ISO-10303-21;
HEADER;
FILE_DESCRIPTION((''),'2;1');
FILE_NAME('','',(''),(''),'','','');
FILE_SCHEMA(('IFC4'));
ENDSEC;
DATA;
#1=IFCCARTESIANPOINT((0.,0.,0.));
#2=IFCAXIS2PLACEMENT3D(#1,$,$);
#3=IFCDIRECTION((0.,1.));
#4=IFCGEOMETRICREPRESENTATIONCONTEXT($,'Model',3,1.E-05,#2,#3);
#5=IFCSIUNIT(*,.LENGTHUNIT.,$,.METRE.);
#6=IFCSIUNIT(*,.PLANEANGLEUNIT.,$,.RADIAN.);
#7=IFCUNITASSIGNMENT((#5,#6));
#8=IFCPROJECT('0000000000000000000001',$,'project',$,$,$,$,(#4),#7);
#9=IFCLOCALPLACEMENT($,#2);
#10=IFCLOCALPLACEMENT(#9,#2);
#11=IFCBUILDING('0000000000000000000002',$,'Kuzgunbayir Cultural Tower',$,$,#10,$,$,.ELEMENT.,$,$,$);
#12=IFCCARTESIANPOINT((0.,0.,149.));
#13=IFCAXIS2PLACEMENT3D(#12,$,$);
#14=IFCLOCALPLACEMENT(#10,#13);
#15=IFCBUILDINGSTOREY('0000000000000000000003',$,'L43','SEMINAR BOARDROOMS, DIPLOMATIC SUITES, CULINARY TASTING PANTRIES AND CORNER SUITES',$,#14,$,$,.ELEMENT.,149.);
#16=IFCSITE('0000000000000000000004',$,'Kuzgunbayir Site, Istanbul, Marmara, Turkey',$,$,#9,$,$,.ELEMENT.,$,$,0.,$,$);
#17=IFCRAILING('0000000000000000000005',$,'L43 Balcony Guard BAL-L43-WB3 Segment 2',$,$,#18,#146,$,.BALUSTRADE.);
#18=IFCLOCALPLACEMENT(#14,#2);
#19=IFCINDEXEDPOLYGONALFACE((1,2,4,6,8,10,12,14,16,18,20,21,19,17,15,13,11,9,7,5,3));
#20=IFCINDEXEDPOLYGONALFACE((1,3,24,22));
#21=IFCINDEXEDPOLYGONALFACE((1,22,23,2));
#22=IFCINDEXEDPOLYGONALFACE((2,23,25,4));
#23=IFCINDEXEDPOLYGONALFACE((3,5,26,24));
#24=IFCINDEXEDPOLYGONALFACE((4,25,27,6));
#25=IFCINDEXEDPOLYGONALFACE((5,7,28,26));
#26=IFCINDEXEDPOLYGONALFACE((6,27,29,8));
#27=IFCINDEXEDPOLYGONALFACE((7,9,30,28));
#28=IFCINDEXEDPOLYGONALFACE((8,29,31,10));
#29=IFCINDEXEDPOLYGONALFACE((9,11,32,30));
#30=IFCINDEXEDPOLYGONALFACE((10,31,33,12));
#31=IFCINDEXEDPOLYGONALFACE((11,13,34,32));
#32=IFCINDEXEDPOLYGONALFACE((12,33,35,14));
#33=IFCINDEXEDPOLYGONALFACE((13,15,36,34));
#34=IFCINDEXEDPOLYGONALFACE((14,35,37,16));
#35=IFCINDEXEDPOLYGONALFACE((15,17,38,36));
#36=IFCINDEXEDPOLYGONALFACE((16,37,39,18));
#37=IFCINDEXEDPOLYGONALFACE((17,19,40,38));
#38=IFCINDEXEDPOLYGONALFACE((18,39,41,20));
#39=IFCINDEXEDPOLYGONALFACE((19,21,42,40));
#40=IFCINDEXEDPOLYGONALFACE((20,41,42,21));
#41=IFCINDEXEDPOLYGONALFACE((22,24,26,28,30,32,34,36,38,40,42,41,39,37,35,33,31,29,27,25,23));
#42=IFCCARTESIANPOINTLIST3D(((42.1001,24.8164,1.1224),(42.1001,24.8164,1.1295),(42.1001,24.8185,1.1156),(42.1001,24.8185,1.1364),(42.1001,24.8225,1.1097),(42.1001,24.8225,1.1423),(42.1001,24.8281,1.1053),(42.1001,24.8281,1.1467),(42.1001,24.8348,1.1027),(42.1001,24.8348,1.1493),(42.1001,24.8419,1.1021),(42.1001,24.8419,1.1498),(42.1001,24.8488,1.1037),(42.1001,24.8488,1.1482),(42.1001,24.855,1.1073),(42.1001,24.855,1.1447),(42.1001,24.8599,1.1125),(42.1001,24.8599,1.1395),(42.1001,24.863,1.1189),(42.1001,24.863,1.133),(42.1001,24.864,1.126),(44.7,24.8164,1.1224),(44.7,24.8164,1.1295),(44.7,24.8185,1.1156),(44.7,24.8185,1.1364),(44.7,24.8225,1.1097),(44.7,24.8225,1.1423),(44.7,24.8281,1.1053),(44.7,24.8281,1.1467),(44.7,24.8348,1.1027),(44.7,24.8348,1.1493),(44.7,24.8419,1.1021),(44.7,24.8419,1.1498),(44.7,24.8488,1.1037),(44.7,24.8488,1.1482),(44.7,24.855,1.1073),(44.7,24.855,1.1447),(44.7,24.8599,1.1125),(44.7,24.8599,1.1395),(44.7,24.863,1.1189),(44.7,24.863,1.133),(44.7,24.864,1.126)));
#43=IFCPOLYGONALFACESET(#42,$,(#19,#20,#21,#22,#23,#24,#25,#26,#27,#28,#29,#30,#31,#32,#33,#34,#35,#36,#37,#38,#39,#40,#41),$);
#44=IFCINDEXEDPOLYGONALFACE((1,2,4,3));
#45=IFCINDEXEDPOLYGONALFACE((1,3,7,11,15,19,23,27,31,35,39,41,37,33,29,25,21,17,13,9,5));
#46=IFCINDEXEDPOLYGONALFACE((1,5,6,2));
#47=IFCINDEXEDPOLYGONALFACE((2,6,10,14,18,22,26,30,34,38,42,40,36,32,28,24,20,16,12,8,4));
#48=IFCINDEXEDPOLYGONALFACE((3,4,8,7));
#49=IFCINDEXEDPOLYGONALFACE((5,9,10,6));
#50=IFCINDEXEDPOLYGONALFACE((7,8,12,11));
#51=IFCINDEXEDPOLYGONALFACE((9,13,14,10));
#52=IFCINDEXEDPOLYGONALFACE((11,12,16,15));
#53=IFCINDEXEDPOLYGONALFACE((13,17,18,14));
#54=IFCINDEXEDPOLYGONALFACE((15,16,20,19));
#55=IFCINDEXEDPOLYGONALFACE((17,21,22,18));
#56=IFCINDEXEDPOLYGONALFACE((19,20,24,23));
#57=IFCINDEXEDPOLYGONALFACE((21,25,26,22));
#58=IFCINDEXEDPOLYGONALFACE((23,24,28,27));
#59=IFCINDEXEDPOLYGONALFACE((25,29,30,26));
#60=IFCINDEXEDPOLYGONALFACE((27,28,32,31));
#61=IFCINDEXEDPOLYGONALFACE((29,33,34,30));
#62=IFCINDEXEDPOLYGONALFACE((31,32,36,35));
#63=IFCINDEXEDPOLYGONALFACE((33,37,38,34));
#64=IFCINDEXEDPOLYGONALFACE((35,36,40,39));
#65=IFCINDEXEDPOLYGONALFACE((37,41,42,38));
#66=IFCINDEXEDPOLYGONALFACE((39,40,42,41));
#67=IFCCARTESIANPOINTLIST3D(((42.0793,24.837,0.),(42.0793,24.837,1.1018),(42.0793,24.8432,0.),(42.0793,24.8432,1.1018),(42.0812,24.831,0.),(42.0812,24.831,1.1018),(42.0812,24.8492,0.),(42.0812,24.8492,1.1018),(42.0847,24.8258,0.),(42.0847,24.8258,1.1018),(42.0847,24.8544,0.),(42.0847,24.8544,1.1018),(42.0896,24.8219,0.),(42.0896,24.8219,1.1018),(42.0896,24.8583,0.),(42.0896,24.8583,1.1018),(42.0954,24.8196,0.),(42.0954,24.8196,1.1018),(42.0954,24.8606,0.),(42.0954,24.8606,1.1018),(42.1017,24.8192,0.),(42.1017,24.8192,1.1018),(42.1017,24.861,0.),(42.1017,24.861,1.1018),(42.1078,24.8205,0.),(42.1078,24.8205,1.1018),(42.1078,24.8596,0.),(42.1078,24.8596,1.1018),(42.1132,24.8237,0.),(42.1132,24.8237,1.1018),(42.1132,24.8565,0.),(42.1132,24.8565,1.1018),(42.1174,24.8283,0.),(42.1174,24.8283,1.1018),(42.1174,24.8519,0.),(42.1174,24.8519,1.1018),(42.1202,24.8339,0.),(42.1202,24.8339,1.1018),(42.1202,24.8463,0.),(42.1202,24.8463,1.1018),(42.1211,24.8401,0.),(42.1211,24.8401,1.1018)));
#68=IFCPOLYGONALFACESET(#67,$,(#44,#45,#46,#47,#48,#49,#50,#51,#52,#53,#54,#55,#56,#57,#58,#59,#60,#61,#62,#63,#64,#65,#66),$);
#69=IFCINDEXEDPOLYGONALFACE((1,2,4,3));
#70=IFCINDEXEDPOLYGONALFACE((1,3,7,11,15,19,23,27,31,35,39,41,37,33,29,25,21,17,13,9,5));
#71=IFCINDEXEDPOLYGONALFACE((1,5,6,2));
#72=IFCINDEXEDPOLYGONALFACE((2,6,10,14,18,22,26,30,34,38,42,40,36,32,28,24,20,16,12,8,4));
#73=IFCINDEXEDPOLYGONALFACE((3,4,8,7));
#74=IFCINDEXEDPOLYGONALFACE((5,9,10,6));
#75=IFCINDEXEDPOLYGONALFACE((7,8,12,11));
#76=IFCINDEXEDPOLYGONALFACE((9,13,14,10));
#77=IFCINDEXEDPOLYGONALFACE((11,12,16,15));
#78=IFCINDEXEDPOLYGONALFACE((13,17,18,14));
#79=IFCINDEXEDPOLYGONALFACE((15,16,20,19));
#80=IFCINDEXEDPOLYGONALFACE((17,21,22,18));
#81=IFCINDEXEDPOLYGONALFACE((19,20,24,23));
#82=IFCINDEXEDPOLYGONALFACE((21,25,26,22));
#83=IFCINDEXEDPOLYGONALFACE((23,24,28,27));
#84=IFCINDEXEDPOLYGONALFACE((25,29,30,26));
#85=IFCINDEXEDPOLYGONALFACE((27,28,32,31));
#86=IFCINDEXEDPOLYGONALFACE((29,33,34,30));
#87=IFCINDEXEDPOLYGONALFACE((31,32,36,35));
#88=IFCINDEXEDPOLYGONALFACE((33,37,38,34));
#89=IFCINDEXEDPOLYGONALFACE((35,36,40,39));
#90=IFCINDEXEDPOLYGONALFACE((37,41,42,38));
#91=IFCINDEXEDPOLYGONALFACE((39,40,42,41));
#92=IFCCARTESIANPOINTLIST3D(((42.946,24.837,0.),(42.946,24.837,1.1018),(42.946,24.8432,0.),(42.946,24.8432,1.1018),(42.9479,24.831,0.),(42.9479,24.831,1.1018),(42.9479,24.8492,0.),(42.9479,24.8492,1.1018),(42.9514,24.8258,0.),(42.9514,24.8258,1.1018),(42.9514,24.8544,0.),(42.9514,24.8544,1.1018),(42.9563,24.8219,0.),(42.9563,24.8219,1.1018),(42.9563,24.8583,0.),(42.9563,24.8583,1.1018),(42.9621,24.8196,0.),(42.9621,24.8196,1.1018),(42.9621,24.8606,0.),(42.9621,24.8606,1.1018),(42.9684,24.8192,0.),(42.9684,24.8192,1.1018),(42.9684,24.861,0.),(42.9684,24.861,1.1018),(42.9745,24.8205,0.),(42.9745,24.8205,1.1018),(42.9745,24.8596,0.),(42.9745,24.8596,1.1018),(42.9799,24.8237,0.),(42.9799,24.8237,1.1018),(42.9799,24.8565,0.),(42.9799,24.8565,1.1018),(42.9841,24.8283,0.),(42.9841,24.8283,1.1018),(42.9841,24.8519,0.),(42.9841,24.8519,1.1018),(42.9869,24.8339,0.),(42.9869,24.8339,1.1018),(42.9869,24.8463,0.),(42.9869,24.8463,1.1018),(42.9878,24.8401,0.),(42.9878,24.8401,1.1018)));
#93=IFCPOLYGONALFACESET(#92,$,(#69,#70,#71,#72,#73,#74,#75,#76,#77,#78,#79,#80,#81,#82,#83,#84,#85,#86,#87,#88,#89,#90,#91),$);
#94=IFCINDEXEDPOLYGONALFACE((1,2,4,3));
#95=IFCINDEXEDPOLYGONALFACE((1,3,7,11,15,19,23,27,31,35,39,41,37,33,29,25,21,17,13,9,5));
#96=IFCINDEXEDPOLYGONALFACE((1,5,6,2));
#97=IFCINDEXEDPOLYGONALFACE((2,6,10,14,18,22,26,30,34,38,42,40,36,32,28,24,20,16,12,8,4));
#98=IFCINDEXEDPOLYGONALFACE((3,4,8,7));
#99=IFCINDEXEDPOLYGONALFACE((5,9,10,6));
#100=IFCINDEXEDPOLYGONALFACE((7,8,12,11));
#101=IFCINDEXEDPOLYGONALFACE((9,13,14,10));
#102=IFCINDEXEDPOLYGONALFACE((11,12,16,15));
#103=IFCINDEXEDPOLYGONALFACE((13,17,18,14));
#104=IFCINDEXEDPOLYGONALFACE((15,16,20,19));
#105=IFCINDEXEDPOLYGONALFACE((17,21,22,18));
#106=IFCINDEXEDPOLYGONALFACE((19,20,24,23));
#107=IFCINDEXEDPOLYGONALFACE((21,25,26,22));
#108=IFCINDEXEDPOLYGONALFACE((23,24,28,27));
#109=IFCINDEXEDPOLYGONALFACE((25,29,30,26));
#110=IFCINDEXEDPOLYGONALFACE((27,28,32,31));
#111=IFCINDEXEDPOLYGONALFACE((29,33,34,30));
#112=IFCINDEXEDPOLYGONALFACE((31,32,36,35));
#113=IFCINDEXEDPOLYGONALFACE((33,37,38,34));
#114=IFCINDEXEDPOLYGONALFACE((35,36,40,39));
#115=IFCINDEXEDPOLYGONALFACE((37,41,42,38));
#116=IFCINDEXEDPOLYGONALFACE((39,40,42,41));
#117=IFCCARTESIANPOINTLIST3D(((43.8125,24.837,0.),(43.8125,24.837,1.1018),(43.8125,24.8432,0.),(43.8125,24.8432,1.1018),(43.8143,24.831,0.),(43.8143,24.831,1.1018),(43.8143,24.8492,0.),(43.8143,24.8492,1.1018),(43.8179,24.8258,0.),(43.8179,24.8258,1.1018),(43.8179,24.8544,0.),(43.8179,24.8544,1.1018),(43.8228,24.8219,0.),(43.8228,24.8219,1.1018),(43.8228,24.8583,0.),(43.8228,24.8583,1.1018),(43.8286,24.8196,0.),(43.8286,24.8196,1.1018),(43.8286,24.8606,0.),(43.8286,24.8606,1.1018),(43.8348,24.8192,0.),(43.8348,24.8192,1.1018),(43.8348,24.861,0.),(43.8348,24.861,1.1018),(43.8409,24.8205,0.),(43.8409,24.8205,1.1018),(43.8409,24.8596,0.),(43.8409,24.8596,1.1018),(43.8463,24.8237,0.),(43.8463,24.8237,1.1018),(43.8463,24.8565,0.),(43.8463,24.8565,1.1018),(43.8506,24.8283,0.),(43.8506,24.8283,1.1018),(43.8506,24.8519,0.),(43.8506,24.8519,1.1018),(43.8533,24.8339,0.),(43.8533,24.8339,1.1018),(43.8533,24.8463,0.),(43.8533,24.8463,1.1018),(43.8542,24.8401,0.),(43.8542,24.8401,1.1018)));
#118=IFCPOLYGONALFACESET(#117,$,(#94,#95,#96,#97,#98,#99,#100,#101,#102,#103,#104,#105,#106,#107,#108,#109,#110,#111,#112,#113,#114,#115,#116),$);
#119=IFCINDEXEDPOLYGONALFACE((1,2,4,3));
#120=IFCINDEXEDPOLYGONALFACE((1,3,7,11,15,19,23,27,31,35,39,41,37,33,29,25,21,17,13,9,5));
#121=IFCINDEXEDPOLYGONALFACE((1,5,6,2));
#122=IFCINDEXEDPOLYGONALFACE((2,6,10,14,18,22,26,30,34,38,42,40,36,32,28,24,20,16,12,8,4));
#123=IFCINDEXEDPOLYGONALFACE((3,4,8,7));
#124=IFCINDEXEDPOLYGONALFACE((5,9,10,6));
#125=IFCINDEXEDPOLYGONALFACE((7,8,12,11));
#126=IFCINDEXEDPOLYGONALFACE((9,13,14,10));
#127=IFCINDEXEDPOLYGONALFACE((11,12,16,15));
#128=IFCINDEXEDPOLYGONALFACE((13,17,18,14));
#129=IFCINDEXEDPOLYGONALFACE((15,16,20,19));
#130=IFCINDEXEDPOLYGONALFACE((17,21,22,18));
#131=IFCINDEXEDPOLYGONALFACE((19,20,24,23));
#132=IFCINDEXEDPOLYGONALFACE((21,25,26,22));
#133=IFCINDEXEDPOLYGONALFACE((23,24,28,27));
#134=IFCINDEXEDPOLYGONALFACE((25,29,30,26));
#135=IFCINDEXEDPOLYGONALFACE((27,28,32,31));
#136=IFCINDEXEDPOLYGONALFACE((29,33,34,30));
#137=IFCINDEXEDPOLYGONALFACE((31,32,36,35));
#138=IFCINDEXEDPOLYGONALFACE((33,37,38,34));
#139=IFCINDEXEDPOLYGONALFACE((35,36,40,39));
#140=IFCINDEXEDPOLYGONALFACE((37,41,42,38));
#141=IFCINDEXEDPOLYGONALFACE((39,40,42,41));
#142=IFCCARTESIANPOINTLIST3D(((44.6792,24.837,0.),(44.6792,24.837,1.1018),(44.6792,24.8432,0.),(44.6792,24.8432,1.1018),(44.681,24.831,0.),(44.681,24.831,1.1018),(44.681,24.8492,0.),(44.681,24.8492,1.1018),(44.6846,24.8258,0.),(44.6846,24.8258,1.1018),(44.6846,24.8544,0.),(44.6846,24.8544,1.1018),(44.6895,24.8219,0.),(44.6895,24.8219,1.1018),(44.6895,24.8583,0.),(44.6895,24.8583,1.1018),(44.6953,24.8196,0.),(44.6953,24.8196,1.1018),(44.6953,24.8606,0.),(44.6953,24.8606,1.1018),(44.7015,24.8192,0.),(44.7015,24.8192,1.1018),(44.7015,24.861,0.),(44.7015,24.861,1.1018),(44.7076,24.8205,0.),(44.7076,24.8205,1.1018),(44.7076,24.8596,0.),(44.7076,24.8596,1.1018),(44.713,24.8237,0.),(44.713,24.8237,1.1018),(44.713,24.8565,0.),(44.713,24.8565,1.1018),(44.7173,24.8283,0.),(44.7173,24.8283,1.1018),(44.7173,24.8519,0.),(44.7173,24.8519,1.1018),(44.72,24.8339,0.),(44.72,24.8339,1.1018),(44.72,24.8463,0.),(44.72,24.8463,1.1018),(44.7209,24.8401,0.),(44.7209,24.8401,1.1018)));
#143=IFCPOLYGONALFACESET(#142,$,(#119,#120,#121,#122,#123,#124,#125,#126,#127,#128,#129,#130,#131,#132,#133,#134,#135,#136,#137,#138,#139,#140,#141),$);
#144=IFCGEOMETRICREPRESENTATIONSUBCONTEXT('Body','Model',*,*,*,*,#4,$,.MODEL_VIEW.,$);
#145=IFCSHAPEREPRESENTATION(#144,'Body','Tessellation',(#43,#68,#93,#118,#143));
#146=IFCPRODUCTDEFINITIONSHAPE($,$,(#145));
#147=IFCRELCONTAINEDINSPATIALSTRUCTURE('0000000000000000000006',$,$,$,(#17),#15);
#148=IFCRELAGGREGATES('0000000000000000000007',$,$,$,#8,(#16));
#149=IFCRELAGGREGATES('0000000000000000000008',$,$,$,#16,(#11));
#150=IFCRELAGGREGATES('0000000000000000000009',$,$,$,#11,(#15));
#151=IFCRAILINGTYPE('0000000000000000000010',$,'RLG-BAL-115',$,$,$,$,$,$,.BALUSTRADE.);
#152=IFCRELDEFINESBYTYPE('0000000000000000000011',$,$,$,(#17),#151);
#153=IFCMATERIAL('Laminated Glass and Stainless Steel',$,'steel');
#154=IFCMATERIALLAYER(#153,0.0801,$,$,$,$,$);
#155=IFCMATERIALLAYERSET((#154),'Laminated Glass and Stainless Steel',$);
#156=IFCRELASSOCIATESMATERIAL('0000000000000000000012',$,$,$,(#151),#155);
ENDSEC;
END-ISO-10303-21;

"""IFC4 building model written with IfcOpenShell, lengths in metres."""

from ifc_helpers import new_model, si_unit, direction, frame, origin, origin_2d, place, context, subcontext, project, spatial, circle, extrude, material, layer, layer_set, type_object, element, save


model = new_model("IFC4")

# Units and contexts
model_context = context("Model", 3, precision=1e-05, world=origin(), true_north=direction((0.0, 1.0)))
body_context = subcontext(model_context, "Body", "Model", "MODEL_VIEW")
ifc_project = project(units=[si_unit("LENGTHUNIT", "METRE"), si_unit("PLANEANGLEUNIT", "RADIAN")], contexts=[model_context])

# Site, building, storey
site_placement = place(None, origin())
site = spatial("IfcSite", under=ifc_project, at=site_placement, Name="Kuzgunbayir Site, Istanbul, Marmara, Turkey", CompositionType="ELEMENT", RefElevation=0.0)
building_placement = place(site_placement, origin())
building = spatial("IfcBuilding", under=site, at=building_placement, Name="Kuzgunbayir Cultural Tower", CompositionType="ELEMENT")
storey_placement = place(building_placement, frame((0.0, 0.0, 149.0)))
storey = spatial("IfcBuildingStorey", under=building, at=storey_placement, Name="L43", Description="SEMINAR BOARDROOMS, DIPLOMATIC SUITES, CULINARY TASTING PANTRIES AND CORNER SUITES", CompositionType="ELEMENT", Elevation=149.0)

# Railing
ifc_material_1 = material(Name="Laminated Glass and Stainless Steel", Category="steel")
ifc_layer_1 = layer(ifc_material_1, 0.0801)
ifc_layer_set_1 = layer_set([ifc_layer_1], Name="Laminated Glass and Stainless Steel")
railing_type = type_object("IfcRailingType", Name="RLG-BAL-115", PredefinedType="BALUSTRADE", material=ifc_layer_set_1)
railing_1_placement = place(storey_placement, frame((42.1001, 24.8401, 0.0)))
element("IfcRailing", 1, at=railing_1_placement, inside=storey, type_object=railing_type, Name="L43 Balcony Guard BAL-L43-WB3 Segment 2", PredefinedType="BALUSTRADE", context=body_context, shape_type="SweptSolid", body=[
    extrude(circle(Radius=0.0239, at=origin_2d()), frame((0.0, 0.0, 1.126), z_axis=(1.0, 0.0, 0.0), x_axis=(0.0, 1.0, 0.0)), (0.0, 0.0, 1.0), 2.5999),
    extrude(circle(Radius=0.021, at=origin_2d()), origin(), (0.0, 0.0, 1.0), 1.1018),
    extrude(circle(Radius=0.021, at=origin_2d()), frame((0.8667, 0.0, 0.0)), (0.0, 0.0, 1.0), 1.1018),
    extrude(circle(Radius=0.021, at=origin_2d()), frame((1.7332, 0.0, 0.0)), (0.0, 0.0, 1.0), 1.1018),
    extrude(circle(Radius=0.021, at=origin_2d()), frame((2.5999, 0.0, 0.0)), (0.0, 0.0, 1.0), 1.1018),
])

save(model, "model.ifc")
